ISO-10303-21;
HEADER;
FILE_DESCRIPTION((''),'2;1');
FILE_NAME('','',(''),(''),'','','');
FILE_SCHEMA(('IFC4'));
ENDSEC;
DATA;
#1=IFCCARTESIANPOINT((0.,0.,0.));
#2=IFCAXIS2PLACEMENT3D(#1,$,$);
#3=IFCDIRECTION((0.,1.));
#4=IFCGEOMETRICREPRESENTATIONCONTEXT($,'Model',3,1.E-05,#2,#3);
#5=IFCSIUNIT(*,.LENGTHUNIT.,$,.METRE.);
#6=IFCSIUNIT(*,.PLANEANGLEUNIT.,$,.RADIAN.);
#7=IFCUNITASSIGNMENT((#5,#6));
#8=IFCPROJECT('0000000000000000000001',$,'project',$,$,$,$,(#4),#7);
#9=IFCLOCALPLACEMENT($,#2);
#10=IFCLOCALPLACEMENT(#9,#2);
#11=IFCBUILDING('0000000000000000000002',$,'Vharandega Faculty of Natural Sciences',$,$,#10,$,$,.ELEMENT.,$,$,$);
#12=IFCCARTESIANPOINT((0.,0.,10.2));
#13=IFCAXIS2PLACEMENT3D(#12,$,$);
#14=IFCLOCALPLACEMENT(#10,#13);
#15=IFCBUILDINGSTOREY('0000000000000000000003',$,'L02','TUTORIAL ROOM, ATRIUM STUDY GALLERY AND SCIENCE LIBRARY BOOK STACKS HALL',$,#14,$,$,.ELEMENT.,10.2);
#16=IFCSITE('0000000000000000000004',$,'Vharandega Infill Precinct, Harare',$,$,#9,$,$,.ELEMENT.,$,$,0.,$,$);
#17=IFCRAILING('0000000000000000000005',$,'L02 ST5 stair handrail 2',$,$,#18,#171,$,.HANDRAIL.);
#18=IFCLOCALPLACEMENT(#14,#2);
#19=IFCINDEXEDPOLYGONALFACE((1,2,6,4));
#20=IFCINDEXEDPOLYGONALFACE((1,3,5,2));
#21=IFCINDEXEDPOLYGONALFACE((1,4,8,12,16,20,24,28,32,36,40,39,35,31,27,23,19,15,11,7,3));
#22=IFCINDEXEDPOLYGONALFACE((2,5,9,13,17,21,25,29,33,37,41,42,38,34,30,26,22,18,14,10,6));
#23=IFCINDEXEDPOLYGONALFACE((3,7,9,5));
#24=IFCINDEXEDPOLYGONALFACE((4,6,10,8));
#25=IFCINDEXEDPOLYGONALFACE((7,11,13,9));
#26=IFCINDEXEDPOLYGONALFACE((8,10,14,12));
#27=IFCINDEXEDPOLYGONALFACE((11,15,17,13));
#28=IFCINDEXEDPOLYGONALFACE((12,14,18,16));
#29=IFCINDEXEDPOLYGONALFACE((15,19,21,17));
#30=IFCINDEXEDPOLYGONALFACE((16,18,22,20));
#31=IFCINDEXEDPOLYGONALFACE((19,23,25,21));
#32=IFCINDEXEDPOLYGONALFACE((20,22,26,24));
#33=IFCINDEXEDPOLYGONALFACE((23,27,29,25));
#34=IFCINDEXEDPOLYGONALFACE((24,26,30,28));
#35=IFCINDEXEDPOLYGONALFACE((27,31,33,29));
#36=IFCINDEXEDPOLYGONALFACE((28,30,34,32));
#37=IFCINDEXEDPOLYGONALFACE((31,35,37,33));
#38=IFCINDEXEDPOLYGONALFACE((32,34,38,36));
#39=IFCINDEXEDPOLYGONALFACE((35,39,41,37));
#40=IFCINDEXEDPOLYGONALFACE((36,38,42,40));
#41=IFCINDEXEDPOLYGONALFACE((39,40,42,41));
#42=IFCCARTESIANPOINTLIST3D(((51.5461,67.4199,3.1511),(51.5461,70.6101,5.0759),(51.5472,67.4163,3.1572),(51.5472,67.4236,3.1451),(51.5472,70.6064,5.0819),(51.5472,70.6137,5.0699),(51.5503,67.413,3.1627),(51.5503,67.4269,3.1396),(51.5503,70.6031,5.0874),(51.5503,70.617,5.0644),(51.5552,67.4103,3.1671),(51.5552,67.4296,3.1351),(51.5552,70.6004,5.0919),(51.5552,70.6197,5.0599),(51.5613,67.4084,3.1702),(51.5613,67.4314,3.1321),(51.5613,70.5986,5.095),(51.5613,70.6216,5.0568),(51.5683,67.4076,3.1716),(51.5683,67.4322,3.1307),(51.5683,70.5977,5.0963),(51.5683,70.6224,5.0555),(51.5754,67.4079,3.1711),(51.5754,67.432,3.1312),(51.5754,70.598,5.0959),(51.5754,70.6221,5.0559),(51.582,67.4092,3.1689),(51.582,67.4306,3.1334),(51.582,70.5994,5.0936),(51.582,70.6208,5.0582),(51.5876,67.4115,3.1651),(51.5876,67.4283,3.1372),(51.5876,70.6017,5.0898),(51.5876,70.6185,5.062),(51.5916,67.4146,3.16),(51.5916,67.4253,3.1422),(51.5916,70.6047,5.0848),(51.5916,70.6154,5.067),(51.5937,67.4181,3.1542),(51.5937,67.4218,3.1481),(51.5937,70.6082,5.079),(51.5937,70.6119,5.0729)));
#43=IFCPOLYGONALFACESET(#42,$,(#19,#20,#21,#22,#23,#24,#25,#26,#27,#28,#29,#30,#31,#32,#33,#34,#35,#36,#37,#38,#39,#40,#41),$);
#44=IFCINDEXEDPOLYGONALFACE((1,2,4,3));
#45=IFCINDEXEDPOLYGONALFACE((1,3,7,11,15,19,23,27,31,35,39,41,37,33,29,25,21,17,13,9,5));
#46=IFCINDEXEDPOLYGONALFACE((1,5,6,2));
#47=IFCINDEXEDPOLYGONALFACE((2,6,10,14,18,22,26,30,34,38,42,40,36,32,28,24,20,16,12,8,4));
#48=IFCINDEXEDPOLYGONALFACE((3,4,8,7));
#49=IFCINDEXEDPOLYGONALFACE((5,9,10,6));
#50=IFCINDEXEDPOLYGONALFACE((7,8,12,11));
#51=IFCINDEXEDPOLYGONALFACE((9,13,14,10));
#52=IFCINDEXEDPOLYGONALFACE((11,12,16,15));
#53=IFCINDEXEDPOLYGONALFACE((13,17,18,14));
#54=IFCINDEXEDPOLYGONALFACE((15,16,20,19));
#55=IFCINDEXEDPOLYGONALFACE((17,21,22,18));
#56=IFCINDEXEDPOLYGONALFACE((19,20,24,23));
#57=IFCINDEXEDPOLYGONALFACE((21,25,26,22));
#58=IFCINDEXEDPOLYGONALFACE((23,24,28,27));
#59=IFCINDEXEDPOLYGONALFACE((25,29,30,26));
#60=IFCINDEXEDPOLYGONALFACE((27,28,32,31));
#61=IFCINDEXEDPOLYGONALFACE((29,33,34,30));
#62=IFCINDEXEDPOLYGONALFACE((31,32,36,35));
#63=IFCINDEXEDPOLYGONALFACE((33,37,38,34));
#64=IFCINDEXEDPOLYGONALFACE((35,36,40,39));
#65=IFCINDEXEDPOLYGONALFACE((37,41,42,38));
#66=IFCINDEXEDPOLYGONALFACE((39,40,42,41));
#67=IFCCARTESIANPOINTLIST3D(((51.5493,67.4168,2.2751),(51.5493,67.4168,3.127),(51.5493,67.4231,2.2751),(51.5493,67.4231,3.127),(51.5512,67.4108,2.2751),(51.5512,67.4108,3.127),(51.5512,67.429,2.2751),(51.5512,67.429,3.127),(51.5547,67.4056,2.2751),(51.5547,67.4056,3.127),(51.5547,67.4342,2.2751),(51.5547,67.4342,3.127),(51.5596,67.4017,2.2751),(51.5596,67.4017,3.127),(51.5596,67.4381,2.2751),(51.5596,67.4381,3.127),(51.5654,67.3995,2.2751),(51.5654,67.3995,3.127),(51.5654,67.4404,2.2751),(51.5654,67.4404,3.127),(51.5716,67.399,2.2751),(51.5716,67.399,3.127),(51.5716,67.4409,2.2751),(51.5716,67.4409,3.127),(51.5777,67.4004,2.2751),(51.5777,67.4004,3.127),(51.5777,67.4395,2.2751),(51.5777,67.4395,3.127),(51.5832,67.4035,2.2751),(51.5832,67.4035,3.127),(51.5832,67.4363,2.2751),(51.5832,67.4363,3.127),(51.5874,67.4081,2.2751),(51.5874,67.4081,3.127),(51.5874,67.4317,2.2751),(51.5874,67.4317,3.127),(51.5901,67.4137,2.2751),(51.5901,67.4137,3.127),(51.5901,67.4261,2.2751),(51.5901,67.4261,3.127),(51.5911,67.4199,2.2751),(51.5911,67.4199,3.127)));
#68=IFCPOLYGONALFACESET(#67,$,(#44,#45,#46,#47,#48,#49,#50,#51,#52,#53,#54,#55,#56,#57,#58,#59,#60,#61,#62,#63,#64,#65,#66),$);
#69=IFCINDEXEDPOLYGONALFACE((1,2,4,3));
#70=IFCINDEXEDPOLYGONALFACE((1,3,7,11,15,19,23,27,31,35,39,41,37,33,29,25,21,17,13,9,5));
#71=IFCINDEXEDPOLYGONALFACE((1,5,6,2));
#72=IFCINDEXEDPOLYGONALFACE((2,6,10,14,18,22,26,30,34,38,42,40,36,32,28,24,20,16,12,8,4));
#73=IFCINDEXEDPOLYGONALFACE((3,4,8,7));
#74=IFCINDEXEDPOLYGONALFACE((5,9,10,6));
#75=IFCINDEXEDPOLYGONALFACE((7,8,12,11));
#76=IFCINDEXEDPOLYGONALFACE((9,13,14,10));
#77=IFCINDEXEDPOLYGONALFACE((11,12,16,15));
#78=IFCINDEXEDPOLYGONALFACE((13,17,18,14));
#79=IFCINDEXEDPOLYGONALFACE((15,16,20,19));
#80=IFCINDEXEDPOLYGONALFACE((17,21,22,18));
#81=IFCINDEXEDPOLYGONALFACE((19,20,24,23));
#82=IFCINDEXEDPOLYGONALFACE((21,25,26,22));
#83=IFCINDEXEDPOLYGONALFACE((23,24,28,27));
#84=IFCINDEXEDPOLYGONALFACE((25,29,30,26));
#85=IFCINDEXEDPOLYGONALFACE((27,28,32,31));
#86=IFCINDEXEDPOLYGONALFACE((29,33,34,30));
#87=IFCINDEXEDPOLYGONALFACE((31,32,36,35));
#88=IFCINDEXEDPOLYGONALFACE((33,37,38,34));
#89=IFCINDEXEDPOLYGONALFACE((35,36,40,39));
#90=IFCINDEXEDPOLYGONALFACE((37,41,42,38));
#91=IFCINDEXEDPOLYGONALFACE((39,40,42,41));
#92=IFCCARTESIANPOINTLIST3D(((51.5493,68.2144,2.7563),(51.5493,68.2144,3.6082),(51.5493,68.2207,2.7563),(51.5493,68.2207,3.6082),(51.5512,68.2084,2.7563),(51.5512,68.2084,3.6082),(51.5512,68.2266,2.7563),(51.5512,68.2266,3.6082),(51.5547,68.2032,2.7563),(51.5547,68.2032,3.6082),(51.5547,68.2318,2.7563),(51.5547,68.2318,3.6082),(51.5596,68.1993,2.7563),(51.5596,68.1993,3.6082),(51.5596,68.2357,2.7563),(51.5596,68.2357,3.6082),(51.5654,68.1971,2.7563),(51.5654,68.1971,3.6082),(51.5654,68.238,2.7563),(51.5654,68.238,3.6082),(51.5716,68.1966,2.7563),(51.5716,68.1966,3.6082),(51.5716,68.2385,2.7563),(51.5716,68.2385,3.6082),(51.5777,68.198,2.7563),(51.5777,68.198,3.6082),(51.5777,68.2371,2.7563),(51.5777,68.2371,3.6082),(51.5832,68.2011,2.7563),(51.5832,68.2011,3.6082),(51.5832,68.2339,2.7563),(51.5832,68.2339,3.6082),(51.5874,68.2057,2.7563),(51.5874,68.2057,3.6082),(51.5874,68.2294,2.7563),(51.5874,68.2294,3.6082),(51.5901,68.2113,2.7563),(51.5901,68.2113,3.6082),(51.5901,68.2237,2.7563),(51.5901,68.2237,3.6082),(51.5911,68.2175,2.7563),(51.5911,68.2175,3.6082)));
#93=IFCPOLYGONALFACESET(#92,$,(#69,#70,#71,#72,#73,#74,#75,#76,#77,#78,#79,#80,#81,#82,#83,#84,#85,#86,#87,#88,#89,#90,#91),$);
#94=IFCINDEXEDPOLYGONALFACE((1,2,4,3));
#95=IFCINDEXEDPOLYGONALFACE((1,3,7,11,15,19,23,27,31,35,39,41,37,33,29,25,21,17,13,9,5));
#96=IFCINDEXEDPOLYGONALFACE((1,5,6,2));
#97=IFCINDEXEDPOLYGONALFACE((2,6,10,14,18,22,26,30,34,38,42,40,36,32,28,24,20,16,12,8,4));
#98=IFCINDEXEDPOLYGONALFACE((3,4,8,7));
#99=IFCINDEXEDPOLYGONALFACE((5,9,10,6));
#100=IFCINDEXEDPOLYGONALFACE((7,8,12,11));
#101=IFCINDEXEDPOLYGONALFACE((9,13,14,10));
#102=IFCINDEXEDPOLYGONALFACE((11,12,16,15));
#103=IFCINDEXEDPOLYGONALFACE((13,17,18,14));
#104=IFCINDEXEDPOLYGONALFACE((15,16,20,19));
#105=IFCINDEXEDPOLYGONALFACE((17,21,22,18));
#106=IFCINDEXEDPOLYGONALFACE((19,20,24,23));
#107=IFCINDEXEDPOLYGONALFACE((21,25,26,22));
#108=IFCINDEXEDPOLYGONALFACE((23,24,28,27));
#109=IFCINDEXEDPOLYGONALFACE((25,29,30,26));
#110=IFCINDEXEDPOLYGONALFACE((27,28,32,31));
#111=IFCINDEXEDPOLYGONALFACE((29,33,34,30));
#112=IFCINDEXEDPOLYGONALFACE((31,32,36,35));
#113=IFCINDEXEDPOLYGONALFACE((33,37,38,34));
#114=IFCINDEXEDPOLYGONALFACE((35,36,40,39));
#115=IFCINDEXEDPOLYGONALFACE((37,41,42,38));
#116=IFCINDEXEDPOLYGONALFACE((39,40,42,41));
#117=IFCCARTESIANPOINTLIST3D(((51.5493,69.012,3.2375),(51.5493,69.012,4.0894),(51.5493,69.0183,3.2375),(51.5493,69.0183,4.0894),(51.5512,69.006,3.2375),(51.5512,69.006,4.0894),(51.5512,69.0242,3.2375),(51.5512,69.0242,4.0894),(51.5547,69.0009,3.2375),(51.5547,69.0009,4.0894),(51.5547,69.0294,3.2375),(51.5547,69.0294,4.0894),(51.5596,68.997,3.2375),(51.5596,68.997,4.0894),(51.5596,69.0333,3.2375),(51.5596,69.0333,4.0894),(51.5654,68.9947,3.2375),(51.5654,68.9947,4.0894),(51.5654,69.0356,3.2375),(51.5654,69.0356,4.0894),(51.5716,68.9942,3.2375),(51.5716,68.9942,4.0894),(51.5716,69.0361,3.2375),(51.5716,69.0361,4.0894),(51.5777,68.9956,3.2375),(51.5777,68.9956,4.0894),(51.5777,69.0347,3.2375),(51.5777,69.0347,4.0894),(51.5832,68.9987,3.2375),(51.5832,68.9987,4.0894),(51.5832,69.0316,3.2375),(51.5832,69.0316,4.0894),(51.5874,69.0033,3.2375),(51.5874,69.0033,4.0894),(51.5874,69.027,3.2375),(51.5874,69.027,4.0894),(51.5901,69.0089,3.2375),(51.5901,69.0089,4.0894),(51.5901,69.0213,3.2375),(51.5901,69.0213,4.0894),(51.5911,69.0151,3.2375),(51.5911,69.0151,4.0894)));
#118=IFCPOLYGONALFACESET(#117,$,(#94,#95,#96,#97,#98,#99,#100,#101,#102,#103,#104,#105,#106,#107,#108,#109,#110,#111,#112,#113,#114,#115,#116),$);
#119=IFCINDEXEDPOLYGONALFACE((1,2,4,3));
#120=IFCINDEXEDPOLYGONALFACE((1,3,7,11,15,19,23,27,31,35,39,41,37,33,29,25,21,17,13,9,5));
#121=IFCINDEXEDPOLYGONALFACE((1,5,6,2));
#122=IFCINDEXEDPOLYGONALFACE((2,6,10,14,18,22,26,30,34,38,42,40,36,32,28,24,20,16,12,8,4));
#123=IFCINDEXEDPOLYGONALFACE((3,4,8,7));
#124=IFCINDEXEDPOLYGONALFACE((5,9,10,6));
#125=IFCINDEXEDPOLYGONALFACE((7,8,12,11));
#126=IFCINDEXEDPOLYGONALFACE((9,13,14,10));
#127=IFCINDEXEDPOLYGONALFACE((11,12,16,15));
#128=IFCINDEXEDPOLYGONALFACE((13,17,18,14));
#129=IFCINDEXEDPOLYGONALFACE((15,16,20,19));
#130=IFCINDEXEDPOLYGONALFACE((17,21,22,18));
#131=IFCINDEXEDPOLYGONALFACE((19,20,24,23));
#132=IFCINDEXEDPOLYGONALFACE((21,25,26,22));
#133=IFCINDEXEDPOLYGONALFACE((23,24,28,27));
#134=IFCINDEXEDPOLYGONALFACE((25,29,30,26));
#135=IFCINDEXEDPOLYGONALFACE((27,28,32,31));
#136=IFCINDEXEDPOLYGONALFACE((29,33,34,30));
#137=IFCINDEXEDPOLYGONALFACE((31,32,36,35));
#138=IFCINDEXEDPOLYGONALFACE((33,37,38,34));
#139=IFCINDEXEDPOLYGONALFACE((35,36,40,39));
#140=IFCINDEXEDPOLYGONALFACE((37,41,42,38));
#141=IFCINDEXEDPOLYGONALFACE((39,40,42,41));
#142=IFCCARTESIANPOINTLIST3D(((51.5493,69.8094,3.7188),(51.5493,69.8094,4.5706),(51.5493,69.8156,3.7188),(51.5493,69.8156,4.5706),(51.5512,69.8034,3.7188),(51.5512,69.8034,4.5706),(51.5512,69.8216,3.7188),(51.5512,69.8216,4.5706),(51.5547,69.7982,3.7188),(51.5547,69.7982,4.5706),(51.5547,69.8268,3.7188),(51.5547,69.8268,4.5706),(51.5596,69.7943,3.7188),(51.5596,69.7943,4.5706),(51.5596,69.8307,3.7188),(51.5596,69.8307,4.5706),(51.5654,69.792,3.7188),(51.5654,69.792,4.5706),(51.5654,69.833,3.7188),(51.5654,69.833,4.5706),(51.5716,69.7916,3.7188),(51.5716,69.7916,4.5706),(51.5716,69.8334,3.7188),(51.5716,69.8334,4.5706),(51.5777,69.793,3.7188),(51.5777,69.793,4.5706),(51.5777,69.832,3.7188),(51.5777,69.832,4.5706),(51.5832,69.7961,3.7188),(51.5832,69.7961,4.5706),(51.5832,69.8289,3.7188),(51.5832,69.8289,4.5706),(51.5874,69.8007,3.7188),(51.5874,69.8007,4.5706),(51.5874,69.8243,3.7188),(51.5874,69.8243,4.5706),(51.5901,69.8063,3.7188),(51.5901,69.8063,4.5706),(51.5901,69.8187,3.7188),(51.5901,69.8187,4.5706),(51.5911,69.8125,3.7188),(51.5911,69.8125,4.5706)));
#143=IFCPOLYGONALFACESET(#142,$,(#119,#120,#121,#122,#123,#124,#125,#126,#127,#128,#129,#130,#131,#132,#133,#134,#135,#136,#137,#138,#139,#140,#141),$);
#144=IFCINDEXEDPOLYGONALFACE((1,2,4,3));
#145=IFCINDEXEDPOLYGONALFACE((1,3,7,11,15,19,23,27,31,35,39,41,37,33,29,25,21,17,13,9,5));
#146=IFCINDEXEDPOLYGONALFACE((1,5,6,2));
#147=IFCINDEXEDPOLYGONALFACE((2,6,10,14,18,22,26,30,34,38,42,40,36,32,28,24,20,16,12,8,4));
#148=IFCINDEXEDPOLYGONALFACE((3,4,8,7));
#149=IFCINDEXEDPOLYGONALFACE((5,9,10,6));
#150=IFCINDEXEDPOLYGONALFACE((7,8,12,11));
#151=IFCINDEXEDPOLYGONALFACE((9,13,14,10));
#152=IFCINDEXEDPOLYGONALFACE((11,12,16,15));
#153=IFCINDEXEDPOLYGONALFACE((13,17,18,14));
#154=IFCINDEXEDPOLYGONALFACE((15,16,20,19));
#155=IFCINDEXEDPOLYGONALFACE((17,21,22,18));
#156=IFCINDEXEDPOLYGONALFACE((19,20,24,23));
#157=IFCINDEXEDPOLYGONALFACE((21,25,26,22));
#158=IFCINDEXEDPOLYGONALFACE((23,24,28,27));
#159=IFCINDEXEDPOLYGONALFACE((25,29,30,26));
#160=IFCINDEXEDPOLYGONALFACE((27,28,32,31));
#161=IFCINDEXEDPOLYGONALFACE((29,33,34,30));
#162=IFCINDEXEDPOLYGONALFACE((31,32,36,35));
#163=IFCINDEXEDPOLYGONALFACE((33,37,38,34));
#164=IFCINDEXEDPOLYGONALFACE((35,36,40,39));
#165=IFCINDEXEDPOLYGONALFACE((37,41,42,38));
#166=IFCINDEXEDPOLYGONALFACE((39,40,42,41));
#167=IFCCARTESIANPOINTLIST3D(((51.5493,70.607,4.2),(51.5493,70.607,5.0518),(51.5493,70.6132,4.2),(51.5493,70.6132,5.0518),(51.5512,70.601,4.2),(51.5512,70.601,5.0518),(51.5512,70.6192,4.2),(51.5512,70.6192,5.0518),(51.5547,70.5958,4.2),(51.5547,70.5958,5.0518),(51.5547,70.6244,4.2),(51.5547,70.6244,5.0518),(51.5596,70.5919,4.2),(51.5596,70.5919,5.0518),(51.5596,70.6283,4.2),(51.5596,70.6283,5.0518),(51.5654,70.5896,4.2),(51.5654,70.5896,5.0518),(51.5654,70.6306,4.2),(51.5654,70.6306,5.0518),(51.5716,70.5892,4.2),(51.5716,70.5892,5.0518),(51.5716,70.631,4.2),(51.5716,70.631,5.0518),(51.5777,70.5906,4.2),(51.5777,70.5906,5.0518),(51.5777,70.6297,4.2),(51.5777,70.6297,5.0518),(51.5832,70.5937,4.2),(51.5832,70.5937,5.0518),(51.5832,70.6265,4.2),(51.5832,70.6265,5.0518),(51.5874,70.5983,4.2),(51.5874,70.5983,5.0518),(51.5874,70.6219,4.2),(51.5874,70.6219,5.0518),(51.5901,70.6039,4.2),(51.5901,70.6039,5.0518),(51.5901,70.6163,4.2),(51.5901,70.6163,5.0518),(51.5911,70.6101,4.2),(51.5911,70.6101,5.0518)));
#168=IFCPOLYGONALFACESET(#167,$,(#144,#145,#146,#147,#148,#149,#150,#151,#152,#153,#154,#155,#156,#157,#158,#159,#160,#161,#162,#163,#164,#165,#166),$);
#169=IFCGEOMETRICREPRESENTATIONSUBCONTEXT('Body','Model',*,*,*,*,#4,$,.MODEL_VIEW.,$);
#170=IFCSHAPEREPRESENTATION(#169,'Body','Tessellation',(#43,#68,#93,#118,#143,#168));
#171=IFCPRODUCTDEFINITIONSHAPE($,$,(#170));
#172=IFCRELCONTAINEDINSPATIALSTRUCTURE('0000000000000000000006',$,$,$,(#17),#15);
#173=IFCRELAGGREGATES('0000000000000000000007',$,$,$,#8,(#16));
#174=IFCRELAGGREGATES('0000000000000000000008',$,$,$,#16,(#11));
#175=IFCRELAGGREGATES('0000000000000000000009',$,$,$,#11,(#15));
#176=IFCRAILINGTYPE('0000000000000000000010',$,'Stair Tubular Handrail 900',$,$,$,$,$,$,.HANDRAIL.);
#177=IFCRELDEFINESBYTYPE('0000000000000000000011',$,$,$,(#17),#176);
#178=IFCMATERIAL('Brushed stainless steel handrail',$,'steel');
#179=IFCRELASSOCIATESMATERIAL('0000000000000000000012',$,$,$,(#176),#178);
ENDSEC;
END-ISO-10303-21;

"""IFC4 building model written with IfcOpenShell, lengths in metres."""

from ifc_helpers import new_model, si_unit, direction, frame, origin, origin_2d, place, context, subcontext, project, spatial, circle, extrude, material, type_object, element, save


model = new_model("IFC4")

# Units and contexts
model_context = context("Model", 3, precision=1e-05, world=origin(), true_north=direction((0.0, 1.0)))
body_context = subcontext(model_context, "Body", "Model", "MODEL_VIEW")
ifc_project = project(units=[si_unit("LENGTHUNIT", "METRE"), si_unit("PLANEANGLEUNIT", "RADIAN")], contexts=[model_context])

# Site, building, storey
site_placement = place(None, origin())
site = spatial("IfcSite", under=ifc_project, at=site_placement, Name="Vharandega Infill Precinct, Harare", CompositionType="ELEMENT", RefElevation=0.0)
building_placement = place(site_placement, origin())
building = spatial("IfcBuilding", under=site, at=building_placement, Name="Vharandega Faculty of Natural Sciences", CompositionType="ELEMENT")
storey_placement = place(building_placement, frame((0.0, 0.0, 10.2)))
storey = spatial("IfcBuildingStorey", under=building, at=storey_placement, Name="L02", Description="TUTORIAL ROOM, ATRIUM STUDY GALLERY AND SCIENCE LIBRARY BOOK STACKS HALL", CompositionType="ELEMENT", Elevation=10.2)

# Railing
ifc_material_1 = material(Name="Brushed stainless steel handrail", Category="steel")
railing_type_1 = type_object("IfcRailingType", Name="Stair Tubular Handrail 900", PredefinedType="HANDRAIL", material=ifc_material_1)
railing_1_placement = place(storey_placement, frame((51.5701, 67.4199, 2.2751)))
element("IfcRailing", 1, at=railing_1_placement, inside=storey, type_object=railing_type_1, Name="L02 ST5 stair handrail 2", PredefinedType="HANDRAIL", context=body_context, shape_type="SweptSolid", body=[
    extrude(circle(Radius=0.0239, at=origin_2d()), frame((0.0, 0.0, 0.876), z_axis=(0.0, 0.856224, 0.516605), x_axis=(-1.0, 0.0, 0.0)), (0.0, 0.0, 1.0), 3.7258),
    extrude(circle(Radius=0.021, at=origin_2d()), origin(), (0.0, 0.0, 1.0), 0.8518),
    extrude(circle(Radius=0.021, at=origin_2d()), frame((0.0, 0.7976, 0.4812)), (0.0, 0.0, 1.0), 0.8518),
    extrude(circle(Radius=0.021, at=origin_2d()), frame((0.0, 1.5952, 0.9624)), (0.0, 0.0, 1.0), 0.8518),
    extrude(circle(Radius=0.021, at=origin_2d()), frame((0.0, 2.3926, 1.4436)), (0.0, 0.0, 1.0), 0.8518),
    extrude(circle(Radius=0.021, at=origin_2d()), frame((0.0, 3.1902, 1.9248)), (0.0, 0.0, 1.0), 0.8518),
])

save(model, "model.ifc")
